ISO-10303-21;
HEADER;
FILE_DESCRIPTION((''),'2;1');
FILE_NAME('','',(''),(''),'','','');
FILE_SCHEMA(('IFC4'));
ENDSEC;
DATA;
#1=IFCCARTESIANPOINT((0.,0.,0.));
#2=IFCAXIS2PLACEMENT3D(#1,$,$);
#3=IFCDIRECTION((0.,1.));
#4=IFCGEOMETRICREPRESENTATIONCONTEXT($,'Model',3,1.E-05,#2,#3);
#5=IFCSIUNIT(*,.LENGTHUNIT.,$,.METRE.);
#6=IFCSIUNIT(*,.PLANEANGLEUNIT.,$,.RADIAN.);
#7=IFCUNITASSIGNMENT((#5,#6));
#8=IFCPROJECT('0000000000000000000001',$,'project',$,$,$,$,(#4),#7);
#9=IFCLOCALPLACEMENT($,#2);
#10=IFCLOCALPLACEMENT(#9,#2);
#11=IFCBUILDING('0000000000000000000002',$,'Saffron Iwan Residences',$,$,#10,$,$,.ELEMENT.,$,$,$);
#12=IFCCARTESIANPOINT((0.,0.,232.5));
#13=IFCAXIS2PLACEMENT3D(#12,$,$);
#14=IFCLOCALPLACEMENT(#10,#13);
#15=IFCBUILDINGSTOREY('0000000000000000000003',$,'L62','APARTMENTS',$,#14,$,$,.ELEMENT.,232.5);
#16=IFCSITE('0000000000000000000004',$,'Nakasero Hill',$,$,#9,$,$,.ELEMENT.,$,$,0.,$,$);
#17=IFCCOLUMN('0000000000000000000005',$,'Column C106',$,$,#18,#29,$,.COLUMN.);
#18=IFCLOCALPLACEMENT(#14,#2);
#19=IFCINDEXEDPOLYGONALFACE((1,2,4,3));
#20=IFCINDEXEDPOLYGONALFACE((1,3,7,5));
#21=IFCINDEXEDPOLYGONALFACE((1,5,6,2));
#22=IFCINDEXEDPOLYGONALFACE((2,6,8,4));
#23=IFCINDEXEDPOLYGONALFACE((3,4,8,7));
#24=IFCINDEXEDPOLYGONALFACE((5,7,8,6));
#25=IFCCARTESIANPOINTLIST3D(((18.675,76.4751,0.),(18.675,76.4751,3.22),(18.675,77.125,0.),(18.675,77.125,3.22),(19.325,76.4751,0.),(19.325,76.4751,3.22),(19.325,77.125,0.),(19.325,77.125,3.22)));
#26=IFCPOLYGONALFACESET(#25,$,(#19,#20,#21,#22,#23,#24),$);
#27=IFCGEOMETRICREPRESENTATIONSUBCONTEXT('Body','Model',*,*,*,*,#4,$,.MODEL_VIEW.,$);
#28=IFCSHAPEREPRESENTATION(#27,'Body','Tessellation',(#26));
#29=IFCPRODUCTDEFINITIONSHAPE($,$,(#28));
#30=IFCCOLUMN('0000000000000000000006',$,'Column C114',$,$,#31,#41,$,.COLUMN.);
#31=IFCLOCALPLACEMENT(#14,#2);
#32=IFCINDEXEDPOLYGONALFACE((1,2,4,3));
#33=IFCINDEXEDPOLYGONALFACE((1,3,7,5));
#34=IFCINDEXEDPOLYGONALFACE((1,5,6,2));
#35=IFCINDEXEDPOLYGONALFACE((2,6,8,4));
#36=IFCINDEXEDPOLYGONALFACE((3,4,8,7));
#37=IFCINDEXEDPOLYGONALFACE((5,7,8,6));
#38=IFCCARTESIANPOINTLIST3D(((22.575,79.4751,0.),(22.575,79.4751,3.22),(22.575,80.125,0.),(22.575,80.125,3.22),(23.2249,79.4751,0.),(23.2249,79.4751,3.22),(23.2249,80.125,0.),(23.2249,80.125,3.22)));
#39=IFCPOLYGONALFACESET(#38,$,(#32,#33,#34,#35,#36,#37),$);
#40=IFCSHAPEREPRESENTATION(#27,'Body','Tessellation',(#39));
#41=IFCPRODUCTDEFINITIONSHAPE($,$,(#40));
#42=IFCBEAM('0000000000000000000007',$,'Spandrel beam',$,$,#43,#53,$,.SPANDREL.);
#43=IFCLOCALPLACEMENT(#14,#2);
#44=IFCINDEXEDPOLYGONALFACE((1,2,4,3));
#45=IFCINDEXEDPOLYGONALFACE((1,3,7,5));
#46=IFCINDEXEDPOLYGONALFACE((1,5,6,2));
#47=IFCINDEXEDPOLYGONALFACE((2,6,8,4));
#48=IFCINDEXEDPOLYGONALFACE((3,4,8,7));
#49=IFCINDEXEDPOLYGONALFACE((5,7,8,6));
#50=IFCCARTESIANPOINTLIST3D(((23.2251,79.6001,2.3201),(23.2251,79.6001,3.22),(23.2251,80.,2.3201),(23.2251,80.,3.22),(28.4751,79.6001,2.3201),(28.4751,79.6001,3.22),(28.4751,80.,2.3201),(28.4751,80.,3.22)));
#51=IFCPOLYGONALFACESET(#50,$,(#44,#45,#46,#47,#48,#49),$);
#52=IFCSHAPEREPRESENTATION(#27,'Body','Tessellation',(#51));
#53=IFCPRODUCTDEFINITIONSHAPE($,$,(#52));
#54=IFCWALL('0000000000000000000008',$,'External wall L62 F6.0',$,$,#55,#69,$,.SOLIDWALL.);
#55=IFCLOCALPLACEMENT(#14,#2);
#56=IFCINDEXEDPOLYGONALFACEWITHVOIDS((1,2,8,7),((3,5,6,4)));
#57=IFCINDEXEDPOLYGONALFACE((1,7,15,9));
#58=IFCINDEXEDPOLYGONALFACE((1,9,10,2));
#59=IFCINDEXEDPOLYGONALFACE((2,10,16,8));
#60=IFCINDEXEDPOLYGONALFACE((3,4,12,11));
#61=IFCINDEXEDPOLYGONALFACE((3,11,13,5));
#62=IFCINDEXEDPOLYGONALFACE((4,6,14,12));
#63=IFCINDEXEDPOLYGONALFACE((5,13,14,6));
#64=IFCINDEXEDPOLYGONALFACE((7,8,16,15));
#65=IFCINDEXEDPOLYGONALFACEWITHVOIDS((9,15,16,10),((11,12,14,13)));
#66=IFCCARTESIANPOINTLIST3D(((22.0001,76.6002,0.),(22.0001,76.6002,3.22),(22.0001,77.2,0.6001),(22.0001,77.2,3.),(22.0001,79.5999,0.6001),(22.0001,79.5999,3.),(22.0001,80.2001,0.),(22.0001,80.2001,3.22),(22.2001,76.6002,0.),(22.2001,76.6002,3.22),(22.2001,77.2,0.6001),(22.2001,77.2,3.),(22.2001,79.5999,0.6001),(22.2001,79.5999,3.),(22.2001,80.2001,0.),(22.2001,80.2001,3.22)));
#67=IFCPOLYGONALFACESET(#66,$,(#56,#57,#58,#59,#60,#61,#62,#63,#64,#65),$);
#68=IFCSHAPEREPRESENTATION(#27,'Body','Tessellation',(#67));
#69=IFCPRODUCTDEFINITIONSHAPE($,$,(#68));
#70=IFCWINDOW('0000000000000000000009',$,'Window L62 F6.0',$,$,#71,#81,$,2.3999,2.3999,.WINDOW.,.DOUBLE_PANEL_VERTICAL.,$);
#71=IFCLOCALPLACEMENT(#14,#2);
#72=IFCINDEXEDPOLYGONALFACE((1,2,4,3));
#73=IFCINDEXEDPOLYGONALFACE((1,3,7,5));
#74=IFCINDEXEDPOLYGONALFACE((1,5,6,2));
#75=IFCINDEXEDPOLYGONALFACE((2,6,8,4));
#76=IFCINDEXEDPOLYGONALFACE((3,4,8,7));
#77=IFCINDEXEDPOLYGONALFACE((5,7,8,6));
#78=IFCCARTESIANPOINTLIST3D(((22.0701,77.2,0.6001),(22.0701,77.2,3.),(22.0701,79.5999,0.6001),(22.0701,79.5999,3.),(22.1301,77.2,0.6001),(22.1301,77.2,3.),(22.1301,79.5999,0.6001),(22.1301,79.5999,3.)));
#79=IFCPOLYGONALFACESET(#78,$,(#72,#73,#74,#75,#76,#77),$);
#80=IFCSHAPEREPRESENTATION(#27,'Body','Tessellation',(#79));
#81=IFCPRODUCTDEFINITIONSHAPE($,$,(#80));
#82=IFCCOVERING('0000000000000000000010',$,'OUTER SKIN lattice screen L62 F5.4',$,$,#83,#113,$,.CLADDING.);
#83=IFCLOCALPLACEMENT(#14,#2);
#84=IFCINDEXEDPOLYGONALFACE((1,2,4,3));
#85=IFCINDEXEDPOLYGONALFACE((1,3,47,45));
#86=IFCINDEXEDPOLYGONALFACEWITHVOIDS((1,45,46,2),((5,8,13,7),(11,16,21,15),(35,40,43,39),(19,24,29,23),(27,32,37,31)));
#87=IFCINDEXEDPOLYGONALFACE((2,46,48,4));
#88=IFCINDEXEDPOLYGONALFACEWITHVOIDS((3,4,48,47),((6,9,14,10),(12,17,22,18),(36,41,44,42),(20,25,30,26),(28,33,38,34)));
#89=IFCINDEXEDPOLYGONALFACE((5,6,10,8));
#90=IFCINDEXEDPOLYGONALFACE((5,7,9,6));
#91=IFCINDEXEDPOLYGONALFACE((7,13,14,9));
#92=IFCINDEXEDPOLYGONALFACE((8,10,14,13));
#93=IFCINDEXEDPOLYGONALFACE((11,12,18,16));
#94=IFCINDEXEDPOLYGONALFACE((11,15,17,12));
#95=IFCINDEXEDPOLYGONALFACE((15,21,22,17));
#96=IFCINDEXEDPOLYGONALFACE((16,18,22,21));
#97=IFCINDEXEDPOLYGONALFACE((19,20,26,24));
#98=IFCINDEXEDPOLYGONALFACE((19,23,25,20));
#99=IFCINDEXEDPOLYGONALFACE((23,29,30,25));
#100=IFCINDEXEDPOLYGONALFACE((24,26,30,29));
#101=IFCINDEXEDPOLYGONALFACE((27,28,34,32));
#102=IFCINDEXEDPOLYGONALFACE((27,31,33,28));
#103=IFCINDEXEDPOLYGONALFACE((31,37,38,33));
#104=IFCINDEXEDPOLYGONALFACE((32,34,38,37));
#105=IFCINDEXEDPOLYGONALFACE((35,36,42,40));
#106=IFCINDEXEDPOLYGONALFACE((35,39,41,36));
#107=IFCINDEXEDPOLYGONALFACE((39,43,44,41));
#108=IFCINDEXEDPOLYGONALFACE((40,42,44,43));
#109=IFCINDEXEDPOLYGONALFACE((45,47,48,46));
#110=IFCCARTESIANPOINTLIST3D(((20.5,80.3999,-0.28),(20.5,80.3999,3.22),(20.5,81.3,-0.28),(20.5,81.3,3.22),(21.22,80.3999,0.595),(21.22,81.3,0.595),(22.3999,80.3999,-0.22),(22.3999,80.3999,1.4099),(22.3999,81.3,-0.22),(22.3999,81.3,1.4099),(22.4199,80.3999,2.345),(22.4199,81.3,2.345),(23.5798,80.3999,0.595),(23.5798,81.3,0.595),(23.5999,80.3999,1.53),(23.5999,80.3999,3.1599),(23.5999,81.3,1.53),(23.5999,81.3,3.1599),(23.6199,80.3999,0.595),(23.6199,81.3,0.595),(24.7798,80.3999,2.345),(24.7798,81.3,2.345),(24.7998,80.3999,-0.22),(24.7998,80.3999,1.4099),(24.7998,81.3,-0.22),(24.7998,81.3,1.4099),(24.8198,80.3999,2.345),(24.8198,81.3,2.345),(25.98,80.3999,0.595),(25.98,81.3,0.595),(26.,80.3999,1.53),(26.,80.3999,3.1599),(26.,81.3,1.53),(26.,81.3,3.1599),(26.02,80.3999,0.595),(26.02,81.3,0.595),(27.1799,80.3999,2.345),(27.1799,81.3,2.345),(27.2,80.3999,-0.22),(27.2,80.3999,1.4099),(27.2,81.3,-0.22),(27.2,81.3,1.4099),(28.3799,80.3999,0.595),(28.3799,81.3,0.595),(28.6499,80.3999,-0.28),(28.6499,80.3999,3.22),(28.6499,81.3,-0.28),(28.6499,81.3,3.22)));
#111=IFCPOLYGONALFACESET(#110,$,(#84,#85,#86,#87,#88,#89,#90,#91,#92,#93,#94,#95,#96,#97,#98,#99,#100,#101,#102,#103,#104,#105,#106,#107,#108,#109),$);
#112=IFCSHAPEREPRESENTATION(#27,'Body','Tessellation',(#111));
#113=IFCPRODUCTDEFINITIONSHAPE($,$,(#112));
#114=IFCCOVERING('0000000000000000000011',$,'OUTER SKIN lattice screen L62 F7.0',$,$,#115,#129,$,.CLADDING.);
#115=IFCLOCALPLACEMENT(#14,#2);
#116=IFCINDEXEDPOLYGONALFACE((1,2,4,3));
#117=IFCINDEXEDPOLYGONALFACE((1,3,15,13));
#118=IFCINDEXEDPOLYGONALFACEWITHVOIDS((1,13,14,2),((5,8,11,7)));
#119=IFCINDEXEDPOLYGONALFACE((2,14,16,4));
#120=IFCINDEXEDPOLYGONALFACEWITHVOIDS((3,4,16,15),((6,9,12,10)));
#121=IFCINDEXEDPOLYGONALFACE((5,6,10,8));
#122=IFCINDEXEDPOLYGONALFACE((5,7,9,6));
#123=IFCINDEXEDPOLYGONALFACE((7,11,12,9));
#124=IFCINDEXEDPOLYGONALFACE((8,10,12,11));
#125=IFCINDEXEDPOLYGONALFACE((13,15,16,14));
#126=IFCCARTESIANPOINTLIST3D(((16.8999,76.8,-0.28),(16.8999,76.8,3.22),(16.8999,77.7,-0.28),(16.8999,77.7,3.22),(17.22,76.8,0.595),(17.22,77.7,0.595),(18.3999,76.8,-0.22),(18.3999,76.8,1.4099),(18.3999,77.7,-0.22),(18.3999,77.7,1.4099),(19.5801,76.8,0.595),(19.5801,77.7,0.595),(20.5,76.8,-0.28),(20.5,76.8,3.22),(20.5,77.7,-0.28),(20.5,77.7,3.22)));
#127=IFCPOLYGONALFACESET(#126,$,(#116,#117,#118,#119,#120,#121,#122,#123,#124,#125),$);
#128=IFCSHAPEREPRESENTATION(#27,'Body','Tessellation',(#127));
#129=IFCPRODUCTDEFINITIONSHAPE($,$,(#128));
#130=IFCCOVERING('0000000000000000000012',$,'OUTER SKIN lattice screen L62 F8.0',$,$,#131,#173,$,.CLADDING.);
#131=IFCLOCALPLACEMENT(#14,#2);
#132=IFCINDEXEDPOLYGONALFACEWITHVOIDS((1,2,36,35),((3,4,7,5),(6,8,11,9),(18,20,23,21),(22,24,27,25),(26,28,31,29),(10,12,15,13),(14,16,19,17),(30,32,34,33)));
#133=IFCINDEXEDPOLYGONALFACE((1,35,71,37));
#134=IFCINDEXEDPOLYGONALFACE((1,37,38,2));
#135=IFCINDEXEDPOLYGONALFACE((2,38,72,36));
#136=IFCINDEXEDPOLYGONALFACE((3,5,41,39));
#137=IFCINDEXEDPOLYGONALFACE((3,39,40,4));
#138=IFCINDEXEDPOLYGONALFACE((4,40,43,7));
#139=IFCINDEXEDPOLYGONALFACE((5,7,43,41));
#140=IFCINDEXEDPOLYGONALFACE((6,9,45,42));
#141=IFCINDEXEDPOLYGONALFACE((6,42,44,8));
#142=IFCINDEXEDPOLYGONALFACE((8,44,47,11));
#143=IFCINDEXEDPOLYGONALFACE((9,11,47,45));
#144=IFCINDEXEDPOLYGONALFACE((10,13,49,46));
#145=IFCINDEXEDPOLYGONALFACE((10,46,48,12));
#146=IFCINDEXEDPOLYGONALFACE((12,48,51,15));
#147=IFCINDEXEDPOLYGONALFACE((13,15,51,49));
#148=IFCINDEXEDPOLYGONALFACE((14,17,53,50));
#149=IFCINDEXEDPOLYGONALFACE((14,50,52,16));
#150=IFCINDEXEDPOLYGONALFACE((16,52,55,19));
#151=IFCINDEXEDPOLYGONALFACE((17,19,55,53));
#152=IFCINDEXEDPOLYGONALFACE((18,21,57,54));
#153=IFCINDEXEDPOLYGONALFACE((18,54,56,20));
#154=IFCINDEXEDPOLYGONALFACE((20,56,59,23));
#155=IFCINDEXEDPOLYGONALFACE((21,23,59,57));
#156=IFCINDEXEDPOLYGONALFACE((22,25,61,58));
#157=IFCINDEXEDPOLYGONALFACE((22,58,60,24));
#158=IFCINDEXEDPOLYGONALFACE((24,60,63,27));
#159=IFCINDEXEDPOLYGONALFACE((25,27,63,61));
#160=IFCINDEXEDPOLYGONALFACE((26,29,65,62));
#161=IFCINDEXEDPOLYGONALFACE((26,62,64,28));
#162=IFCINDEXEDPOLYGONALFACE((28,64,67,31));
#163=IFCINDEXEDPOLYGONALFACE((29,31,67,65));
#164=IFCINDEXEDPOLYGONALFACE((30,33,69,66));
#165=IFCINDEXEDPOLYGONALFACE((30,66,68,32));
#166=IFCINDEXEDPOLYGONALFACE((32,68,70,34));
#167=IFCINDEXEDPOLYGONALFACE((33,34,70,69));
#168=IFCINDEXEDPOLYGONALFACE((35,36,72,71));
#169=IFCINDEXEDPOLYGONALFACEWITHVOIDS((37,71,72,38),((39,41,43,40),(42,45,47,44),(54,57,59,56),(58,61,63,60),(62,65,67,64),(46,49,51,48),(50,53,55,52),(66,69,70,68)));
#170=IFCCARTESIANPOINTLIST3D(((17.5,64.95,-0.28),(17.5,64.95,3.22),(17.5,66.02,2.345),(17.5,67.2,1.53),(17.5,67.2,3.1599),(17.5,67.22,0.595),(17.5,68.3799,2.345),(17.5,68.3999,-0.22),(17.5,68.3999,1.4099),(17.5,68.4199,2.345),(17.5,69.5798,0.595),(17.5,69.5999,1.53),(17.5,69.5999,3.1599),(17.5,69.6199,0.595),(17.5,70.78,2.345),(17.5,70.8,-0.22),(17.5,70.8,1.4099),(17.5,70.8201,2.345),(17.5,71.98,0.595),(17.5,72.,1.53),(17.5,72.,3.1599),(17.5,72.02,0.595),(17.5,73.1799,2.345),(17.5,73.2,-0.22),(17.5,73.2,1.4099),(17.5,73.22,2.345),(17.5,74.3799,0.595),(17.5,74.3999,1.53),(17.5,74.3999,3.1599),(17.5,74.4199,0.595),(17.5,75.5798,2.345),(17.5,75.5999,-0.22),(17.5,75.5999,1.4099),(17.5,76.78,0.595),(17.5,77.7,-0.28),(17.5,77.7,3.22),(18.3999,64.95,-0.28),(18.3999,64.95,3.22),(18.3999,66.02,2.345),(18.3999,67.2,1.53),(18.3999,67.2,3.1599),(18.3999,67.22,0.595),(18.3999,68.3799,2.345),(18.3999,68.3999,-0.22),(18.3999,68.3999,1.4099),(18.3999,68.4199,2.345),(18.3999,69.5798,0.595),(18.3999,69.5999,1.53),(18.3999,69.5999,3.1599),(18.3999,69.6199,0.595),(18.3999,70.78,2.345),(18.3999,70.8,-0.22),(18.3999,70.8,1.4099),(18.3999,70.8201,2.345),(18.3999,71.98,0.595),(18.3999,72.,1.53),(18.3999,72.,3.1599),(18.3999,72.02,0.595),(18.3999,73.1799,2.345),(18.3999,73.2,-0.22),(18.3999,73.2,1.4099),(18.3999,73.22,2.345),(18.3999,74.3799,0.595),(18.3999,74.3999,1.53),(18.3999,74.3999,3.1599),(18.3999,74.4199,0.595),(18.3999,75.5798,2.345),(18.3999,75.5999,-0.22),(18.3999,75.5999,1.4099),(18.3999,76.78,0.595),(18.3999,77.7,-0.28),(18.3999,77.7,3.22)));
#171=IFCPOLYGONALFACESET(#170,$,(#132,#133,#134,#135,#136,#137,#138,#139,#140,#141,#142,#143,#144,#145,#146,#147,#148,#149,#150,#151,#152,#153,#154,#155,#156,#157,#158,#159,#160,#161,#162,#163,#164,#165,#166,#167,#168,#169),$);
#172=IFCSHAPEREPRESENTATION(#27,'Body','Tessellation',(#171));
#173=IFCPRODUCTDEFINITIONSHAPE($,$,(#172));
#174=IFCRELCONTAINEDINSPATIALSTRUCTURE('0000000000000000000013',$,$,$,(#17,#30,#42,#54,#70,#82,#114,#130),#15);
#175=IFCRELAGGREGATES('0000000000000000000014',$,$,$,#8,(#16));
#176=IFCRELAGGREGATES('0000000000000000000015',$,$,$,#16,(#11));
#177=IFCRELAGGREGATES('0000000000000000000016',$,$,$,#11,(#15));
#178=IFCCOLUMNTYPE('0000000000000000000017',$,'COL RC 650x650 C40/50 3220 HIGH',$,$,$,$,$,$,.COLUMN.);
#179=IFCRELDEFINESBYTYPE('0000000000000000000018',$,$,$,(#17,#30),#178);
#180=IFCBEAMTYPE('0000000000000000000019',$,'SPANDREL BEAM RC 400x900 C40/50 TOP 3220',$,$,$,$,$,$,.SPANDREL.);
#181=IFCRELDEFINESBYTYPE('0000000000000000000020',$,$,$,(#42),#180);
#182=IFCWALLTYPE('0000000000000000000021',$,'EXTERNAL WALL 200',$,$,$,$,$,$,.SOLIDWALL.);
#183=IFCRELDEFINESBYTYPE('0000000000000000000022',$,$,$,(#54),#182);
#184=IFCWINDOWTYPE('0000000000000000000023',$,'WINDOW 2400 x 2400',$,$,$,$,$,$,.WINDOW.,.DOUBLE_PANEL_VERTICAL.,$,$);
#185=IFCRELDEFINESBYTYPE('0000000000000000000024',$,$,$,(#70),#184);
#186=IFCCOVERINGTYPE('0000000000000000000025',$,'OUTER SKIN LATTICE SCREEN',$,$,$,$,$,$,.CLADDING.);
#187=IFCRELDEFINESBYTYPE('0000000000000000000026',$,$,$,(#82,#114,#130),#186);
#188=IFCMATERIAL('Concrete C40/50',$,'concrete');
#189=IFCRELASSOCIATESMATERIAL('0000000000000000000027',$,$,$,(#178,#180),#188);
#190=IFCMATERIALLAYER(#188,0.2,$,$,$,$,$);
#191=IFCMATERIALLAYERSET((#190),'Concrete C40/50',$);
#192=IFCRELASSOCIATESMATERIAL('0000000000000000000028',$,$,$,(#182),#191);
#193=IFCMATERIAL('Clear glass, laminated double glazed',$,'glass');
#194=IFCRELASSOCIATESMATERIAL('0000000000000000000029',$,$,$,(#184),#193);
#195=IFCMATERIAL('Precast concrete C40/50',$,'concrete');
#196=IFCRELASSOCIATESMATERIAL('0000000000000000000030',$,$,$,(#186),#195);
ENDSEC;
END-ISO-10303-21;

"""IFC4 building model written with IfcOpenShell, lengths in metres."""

from ifc_helpers import new_model, si_unit, direction, frame, frame_2d, origin, origin_2d, place, context, subcontext, project, spatial, polyline, rectangle, outline, extrude, source, transform, mapped, material, layer, layer_set, material_profile, profile_set, type_object, element, fill, save


model = new_model("IFC4")

# Units and contexts
model_context = context("Model", 3, precision=1e-05, world=origin(), true_north=direction((0.0, 1.0)))
body_context = subcontext(model_context, "Body", "Model", "MODEL_VIEW")
ifc_project = project(units=[si_unit("LENGTHUNIT", "METRE"), si_unit("PLANEANGLEUNIT", "RADIAN")], contexts=[model_context])

# Site, building, storey
site_placement = place(None, origin())
site = spatial("IfcSite", under=ifc_project, at=site_placement, Name="Nakasero Hill", CompositionType="ELEMENT", RefElevation=0.0)
building_placement = place(site_placement, origin())
building = spatial("IfcBuilding", under=site, at=building_placement, Name="Saffron Iwan Residences", CompositionType="ELEMENT")
storey_placement = place(building_placement, frame((0.0, 0.0, 232.5)))
storey = spatial("IfcBuildingStorey", under=building, at=storey_placement, Name="L62", Description="APARTMENTS", CompositionType="ELEMENT", Elevation=232.5)

# Columns
ifc_material_1 = material(Name="Concrete C40/50", Category="concrete")
ifc_material_profile_1 = material_profile(ifc_material_1, rectangle(XDim=0.6499, YDim=0.6499, at=origin_2d()), Name="RC 650x650")
ifc_profile_set_1 = profile_set([ifc_material_profile_1], Name="Concrete C40/50")
column_type = type_object("IfcColumnType", Name="COL RC 650x650 C40/50 3220 HIGH", PredefinedType="COLUMN", material=ifc_profile_set_1)
shared_shape_1 = source(origin(), body_context, "Body", "SweptSolid", [
    extrude(rectangle(XDim=0.6499, YDim=0.6499, at=origin_2d()), origin(), (0.0, 0.0, 1.0), 3.22),
])
for number, where, z_axis, x_axis, name in (
    (1, (19.0, 76.8, 0.0), (0.0, 0.0, 1.0), (1.0, 0.0, 0.0), "Column C106"),
    (2, (22.8999, 79.8, 0.0), (0.0, 0.0, 1.0), (1.0, 0.0, 0.0), "Column C114"),
):
    element("IfcColumn", number, at=place(storey_placement, frame(where, z_axis=z_axis, x_axis=x_axis)), inside=storey, type_object=column_type, Name=name, PredefinedType="COLUMN", context=body_context, shape_type="MappedRepresentation", body=[
        mapped(shared_shape_1, transform((0.0, 0.0, 0.0))),
    ])

# Beam
ifc_material_profile_2 = material_profile(ifc_material_1, rectangle(XDim=0.3999, YDim=0.8999, at=origin_2d()), Name="RC 400x900")
ifc_profile_set_2 = profile_set([ifc_material_profile_2], Name="Concrete C40/50")
beam_type = type_object("IfcBeamType", Name="SPANDREL BEAM RC 400x900 C40/50 TOP 3220", PredefinedType="SPANDREL", material=ifc_profile_set_2)
shared_shape_2 = source(origin(), body_context, "Body", "SweptSolid", [
    extrude(rectangle(XDim=0.3999, YDim=0.8999, at=origin_2d()), origin(), (0.0, 0.0, 1.0), 5.25),
])
beam_placement = place(storey_placement, frame((23.2251, 79.8, 2.77), z_axis=(1.0, 0.0, 0.0), x_axis=(0.0, 1.0, 0.0)))
element("IfcBeam", 3, at=beam_placement, inside=storey, type_object=beam_type, Name="Spandrel beam", PredefinedType="SPANDREL", context=body_context, shape_type="MappedRepresentation", body=[
    mapped(shared_shape_2, transform((0.0, 0.0, 0.0))),
])

# Wall, opening, window
ifc_layer = layer(ifc_material_1, 0.2)
ifc_layer_set = layer_set([ifc_layer], Name="Concrete C40/50")
wall_type = type_object("IfcWallType", Name="EXTERNAL WALL 200", PredefinedType="SOLIDWALL", material=ifc_layer_set)
wall_placement = place(storey_placement, frame((22.1001, 80.2, 0.0), z_axis=(0.0, 0.0, 1.0), x_axis=(0.0, -1.0, 0.0)))
wall = element("IfcWall", 4, at=wall_placement, inside=storey, type_object=wall_type, Name="External wall L62 F6.0", PredefinedType="SOLIDWALL", context=body_context, shape_type="SweptSolid", body=[
    extrude(rectangle(XDim=3.5999, YDim=0.2, at=frame_2d((1.7998, 0.0))), origin(), (0.0, 0.0, 1.0), 3.22),
])
opening_placement = place(wall_placement, frame((0.6001, 0.0, 0.6001)))
opening = element("IfcOpeningElement", 5, at=opening_placement, cuts=wall, PredefinedType="OPENING", context=body_context, shape_type="SweptSolid", body=[
    extrude(rectangle(XDim=2.3999, YDim=2.3999, at=frame_2d((1.2, 1.2))), frame((0.0, 0.1099, 0.0), z_axis=(0.0, -1.0, 0.0), x_axis=(1.0, 0.0, 0.0)), (0.0, 0.0, 1.0), 0.22),
])
ifc_material_2 = material(Name="Clear glass, laminated double glazed", Category="glass")
window_type = type_object("IfcWindowType", Name="WINDOW 2400 x 2400", PartitioningType="DOUBLE_PANEL_VERTICAL", PredefinedType="WINDOW", material=ifc_material_2)
window_placement = place(opening_placement, origin())
window = element("IfcWindow", 6, at=window_placement, inside=storey, type_object=window_type, Name="Window L62 F6.0", OverallHeight=2.3999, OverallWidth=2.3999, PartitioningType="DOUBLE_PANEL_VERTICAL", PredefinedType="WINDOW", context=body_context, shape_type="SweptSolid", body=[
    extrude(rectangle(XDim=2.3999, YDim=2.3999, at=frame_2d((1.2, 1.2))), frame((0.0, 0.03, 0.0), z_axis=(0.0, -1.0, 0.0), x_axis=(1.0, 0.0, 0.0)), (0.0, 0.0, 1.0), 0.0601),
])
fill(opening, window)

# Coverings
ifc_material_3 = material(Name="Precast concrete C40/50", Category="concrete")
covering_type_1 = type_object("IfcCoveringType", Name="OUTER SKIN LATTICE SCREEN", PredefinedType="CLADDING", material=ifc_material_3)
covering_1_placement = place(storey_placement, frame((28.6499, 80.3999, -0.28), z_axis=(0.0, 1.0, 0.0), x_axis=(-1.0, 0.0, 0.0)))
element("IfcCovering", 7, at=covering_1_placement, inside=storey, type_object=covering_type_1, Name="OUTER SKIN lattice screen L62 F5.4", PredefinedType="CLADDING", context=body_context, shape_type="SweptSolid", body=[
    extrude(outline(polyline([(0.0, 0.0), (8.1499, 0.0), (8.1499, 3.5), (0.0, 3.5), (0.0, 0.0)]), holes=[polyline([(0.27, 0.875), (1.45, 0.0601), (2.6299, 0.875), (1.45, 1.6899), (0.27, 0.875)]), polyline([(2.6699, 0.875), (3.8501, 0.0601), (5.03, 0.875), (3.8501, 1.6899), (2.6699, 0.875)]), polyline([(5.0701, 0.875), (6.25, 0.0601), (7.4299, 0.875), (6.25, 1.6899), (5.0701, 0.875)]), polyline([(1.47, 2.625), (2.6499, 1.8101), (3.8301, 2.625), (2.6499, 3.4399), (1.47, 2.625)]), polyline([(3.8701, 2.625), (5.05, 1.8101), (6.23, 2.625), (5.05, 3.4399), (3.8701, 2.625)])]), origin(), (0.0, 0.0, 1.0), 0.9001),
])
covering_2_placement = place(storey_placement, frame((20.5, 76.8, -0.28), z_axis=(0.0, 1.0, 0.0), x_axis=(-1.0, 0.0, 0.0)))
element("IfcCovering", 8, at=covering_2_placement, inside=storey, type_object=covering_type_1, Name="OUTER SKIN lattice screen L62 F7.0", PredefinedType="CLADDING", context=body_context, shape_type="SweptSolid", body=[
    extrude(outline(polyline([(0.0, 0.0), (3.6001, 0.0), (3.6001, 3.5), (0.0, 3.5), (0.0, 0.0)]), holes=[polyline([(0.9199, 0.875), (2.1001, 0.0601), (3.28, 0.875), (2.1001, 1.6899), (0.9199, 0.875)])]), origin(), (0.0, 0.0, 1.0), 0.8999),
])
covering_3_placement = place(storey_placement, frame((18.3999, 77.7, -0.28), z_axis=(-1.0, 0.0, 0.0), x_axis=(0.0, -1.0, 0.0)))
element("IfcCovering", 9, at=covering_3_placement, inside=storey, type_object=covering_type_1, Name="OUTER SKIN lattice screen L62 F8.0", PredefinedType="CLADDING", context=body_context, shape_type="SweptSolid", body=[
    extrude(outline(polyline([(0.0, 0.0), (12.75, 0.0), (12.75, 3.5), (0.0, 3.5), (0.0, 0.0)]), holes=[polyline([(0.9199, 0.875), (2.1001, 0.0601), (3.28, 0.875), (2.1001, 1.6899), (0.9199, 0.875)]), polyline([(3.3201, 0.875), (4.5, 0.0601), (5.6799, 0.875), (4.5, 1.6899), (3.3201, 0.875)]), polyline([(5.72, 0.875), (6.8999, 0.0601), (8.0801, 0.875), (6.8999, 1.6899), (5.72, 0.875)]), polyline([(8.1201, 0.875), (9.3, 0.0601), (10.48, 0.875), (9.3, 1.6899), (8.1201, 0.875)]), polyline([(2.1201, 2.625), (3.3, 1.8101), (4.48, 2.625), (3.3, 3.4399), (2.1201, 2.625)]), polyline([(4.52, 2.625), (5.7, 1.8101), (6.8799, 2.625), (5.7, 3.4399), (4.52, 2.625)]), polyline([(6.9199, 2.625), (8.1001, 1.8101), (9.28, 2.625), (8.1001, 3.4399), (6.9199, 2.625)]), polyline([(9.3201, 2.625), (10.5, 1.8101), (11.6799, 2.625), (10.5, 3.4399), (9.3201, 2.625)])]), origin(), (0.0, 0.0, 1.0), 0.8999),
])

save(model, "model.ifc")
